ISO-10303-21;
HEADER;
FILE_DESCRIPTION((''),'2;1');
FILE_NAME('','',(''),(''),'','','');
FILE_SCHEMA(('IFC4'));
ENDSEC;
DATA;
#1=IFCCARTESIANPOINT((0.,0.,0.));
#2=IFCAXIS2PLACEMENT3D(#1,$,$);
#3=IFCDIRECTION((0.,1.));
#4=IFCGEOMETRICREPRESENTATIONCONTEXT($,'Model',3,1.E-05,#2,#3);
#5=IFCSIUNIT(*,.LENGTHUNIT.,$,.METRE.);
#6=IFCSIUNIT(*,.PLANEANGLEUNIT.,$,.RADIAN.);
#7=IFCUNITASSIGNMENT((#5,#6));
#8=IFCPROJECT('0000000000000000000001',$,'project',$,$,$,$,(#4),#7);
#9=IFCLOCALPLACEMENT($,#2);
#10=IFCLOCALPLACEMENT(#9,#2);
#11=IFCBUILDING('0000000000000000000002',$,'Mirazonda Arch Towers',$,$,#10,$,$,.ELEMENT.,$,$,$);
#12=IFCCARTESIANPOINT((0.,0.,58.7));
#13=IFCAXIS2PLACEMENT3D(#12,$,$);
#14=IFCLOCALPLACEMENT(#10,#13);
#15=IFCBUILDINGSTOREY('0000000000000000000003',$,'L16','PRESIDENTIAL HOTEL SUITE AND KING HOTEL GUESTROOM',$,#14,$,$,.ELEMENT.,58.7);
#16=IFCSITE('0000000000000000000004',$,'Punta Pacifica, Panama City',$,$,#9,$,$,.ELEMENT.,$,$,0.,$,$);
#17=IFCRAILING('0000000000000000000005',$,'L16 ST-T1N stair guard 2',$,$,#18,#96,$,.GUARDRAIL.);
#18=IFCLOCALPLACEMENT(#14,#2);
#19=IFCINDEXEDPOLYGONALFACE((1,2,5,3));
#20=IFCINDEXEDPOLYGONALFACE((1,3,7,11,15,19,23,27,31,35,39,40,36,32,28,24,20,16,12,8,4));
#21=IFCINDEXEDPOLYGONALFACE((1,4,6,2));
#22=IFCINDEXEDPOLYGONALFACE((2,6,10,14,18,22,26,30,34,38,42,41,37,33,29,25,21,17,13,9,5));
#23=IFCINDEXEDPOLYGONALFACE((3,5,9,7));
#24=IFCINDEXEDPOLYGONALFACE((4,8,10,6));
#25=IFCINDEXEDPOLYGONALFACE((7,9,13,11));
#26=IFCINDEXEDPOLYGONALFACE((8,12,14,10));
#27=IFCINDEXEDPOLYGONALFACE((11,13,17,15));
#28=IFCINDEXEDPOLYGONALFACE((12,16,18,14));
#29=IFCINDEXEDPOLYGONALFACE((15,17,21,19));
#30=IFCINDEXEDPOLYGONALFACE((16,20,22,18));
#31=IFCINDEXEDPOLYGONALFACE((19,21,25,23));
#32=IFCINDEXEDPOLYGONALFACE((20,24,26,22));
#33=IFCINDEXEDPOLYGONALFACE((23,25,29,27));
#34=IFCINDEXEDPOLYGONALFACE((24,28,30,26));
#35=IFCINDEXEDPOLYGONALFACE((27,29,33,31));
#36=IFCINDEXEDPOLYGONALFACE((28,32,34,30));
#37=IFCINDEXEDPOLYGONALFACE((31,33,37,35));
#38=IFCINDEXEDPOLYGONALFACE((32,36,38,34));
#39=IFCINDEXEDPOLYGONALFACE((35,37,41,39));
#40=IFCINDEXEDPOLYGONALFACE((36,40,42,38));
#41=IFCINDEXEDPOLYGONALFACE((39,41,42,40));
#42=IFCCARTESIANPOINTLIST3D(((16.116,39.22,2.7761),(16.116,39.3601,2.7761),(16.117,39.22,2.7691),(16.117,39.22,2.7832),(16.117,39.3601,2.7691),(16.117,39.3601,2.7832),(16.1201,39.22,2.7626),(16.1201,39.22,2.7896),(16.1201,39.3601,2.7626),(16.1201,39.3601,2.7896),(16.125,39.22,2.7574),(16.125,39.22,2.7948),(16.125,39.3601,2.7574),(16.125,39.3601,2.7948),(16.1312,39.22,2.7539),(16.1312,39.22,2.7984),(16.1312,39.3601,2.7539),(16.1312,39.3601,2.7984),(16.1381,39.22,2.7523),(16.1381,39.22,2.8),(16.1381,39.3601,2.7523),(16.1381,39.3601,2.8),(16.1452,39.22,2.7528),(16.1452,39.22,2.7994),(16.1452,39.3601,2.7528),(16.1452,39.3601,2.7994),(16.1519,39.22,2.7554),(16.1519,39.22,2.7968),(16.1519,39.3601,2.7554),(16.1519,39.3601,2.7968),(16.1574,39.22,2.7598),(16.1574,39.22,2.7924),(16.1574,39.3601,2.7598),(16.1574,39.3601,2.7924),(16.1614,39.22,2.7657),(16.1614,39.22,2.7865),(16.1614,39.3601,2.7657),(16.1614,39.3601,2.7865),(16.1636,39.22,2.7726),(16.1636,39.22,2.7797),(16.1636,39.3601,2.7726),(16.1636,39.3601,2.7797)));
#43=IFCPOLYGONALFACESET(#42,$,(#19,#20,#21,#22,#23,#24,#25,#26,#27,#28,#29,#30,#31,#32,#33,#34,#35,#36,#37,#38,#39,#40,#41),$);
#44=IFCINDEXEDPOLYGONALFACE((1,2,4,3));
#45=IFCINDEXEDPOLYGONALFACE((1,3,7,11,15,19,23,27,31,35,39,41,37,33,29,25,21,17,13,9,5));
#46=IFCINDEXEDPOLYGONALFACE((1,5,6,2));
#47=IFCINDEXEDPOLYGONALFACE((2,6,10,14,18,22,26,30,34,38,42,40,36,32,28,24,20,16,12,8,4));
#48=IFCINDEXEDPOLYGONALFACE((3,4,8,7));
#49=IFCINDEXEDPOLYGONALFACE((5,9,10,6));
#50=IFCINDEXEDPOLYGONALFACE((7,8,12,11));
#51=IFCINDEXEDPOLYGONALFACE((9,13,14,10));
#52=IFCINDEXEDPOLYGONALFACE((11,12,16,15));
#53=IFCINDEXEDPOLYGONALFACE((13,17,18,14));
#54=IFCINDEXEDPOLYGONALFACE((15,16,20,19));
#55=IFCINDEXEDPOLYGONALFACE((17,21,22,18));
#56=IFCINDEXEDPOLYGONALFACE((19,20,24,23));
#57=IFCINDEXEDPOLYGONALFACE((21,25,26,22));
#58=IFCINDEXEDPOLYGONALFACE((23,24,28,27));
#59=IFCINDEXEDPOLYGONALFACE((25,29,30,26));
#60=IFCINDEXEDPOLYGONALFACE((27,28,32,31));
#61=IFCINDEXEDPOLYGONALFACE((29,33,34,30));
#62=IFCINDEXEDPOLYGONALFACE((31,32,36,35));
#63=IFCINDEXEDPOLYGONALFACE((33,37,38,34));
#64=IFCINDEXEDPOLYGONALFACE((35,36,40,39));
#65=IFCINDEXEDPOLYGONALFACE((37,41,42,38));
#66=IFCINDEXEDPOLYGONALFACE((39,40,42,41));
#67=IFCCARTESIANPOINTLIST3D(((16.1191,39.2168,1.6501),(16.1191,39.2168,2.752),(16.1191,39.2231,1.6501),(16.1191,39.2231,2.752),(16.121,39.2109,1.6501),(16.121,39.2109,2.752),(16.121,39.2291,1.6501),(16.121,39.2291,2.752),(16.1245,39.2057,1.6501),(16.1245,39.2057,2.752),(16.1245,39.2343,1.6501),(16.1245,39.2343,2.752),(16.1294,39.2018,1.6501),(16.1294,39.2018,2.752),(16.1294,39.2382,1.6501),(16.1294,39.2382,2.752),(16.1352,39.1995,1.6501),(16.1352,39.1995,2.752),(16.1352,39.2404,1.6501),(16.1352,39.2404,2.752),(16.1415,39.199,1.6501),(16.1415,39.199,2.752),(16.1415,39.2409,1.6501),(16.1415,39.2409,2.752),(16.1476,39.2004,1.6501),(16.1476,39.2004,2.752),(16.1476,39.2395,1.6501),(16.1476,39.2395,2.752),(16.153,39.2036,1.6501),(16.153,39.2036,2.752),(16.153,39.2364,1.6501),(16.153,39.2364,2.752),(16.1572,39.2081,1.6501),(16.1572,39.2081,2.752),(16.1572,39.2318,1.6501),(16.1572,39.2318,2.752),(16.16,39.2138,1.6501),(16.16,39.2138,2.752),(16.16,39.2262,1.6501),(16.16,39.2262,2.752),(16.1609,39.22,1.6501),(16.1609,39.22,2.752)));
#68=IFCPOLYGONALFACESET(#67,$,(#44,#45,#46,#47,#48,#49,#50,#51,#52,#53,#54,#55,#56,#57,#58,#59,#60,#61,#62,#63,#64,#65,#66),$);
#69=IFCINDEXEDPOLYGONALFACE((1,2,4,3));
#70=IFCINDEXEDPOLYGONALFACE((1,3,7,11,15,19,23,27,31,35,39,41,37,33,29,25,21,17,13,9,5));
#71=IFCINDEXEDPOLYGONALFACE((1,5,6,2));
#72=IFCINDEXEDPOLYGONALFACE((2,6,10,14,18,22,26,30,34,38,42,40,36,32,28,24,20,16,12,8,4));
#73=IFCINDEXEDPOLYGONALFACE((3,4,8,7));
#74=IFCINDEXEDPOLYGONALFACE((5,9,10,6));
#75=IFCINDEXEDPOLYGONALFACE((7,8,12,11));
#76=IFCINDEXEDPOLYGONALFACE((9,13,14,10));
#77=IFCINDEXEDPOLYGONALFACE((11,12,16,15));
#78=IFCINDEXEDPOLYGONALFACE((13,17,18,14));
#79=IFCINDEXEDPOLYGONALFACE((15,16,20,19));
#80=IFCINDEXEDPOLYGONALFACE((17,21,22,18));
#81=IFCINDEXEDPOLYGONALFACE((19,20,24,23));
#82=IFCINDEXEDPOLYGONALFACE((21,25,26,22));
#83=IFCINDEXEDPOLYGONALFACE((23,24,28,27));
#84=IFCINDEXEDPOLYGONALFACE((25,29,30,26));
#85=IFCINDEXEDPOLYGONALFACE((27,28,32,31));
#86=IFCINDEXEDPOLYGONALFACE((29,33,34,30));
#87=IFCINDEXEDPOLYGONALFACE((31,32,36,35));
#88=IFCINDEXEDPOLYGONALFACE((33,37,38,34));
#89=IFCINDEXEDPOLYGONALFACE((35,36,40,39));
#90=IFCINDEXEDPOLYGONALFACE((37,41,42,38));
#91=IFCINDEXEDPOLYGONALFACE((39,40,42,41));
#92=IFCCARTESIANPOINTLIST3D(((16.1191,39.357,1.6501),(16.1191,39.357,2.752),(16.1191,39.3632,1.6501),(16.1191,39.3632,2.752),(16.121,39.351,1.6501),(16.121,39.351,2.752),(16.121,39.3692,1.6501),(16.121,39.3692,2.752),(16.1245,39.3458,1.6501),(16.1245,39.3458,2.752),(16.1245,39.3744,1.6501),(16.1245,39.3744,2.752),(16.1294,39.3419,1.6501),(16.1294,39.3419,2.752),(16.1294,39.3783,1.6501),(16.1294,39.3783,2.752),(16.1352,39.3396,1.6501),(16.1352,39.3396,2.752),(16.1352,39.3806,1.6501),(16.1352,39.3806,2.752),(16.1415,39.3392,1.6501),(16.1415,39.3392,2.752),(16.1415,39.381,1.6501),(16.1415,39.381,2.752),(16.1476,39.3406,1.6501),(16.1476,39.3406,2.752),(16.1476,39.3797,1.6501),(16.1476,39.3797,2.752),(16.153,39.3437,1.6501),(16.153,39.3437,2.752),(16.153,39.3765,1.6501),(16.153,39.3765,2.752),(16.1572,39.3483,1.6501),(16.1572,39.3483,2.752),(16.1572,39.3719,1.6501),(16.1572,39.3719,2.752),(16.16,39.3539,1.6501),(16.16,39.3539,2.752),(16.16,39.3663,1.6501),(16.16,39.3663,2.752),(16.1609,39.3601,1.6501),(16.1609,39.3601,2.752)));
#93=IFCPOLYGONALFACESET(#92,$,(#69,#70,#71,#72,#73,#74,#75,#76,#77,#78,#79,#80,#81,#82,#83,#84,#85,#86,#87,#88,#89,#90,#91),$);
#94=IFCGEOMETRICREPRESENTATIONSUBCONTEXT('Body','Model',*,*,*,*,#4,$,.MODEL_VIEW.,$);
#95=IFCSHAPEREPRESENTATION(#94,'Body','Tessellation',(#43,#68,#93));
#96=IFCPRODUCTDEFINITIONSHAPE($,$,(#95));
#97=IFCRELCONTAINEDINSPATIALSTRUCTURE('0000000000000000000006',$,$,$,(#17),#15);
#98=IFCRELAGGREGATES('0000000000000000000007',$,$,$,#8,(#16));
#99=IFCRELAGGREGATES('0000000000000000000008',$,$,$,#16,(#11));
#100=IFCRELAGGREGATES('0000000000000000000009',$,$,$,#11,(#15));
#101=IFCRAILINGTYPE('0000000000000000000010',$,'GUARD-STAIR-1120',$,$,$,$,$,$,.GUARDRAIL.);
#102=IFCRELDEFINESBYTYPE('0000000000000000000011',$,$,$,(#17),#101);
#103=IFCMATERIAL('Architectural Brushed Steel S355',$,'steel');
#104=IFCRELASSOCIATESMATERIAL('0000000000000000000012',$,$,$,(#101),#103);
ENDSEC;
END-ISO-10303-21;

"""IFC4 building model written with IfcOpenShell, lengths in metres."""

from ifc_helpers import new_model, si_unit, direction, frame, origin, origin_2d, place, context, subcontext, project, spatial, circle, extrude, material, type_object, element, save


model = new_model("IFC4")

# Units and contexts
model_context = context("Model", 3, precision=1e-05, world=origin(), true_north=direction((0.0, 1.0)))
body_context = subcontext(model_context, "Body", "Model", "MODEL_VIEW")
ifc_project = project(units=[si_unit("LENGTHUNIT", "METRE"), si_unit("PLANEANGLEUNIT", "RADIAN")], contexts=[model_context])

# Site, building, storey
site_placement = place(None, origin())
site = spatial("IfcSite", under=ifc_project, at=site_placement, Name="Punta Pacifica, Panama City", CompositionType="ELEMENT", RefElevation=0.0)
building_placement = place(site_placement, origin())
building = spatial("IfcBuilding", under=site, at=building_placement, Name="Mirazonda Arch Towers", CompositionType="ELEMENT")
storey_placement = place(building_placement, frame((0.0, 0.0, 58.7)))
storey = spatial("IfcBuildingStorey", under=building, at=storey_placement, Name="L16", Description="PRESIDENTIAL HOTEL SUITE AND KING HOTEL GUESTROOM", CompositionType="ELEMENT", Elevation=58.7)

# Shared definitions
ifc_material_1 = material(Name="Architectural Brushed Steel S355", Category="steel")

# Railing
railing_type_1 = type_object("IfcRailingType", Name="GUARD-STAIR-1120", PredefinedType="GUARDRAIL", material=ifc_material_1)
railing_1_placement = place(storey_placement, frame((16.1399, 39.22, 1.6501)))
element("IfcRailing", 1, at=railing_1_placement, inside=storey, type_object=railing_type_1, Name="L16 ST-T1N stair guard 2", PredefinedType="GUARDRAIL", context=body_context, shape_type="SweptSolid", body=[
    extrude(circle(Radius=0.0239, at=origin_2d()), frame((0.0, 0.0, 1.126), z_axis=(0.0, 1.0, 0.0), x_axis=(-1.0, 0.0, 0.0)), (0.0, 0.0, 1.0), 0.1401),
    extrude(circle(Radius=0.021, at=origin_2d()), origin(), (0.0, 0.0, 1.0), 1.1018),
    extrude(circle(Radius=0.021, at=origin_2d()), frame((0.0, 0.1401, 0.0)), (0.0, 0.0, 1.0), 1.1018),
])

save(model, "model.ifc")
